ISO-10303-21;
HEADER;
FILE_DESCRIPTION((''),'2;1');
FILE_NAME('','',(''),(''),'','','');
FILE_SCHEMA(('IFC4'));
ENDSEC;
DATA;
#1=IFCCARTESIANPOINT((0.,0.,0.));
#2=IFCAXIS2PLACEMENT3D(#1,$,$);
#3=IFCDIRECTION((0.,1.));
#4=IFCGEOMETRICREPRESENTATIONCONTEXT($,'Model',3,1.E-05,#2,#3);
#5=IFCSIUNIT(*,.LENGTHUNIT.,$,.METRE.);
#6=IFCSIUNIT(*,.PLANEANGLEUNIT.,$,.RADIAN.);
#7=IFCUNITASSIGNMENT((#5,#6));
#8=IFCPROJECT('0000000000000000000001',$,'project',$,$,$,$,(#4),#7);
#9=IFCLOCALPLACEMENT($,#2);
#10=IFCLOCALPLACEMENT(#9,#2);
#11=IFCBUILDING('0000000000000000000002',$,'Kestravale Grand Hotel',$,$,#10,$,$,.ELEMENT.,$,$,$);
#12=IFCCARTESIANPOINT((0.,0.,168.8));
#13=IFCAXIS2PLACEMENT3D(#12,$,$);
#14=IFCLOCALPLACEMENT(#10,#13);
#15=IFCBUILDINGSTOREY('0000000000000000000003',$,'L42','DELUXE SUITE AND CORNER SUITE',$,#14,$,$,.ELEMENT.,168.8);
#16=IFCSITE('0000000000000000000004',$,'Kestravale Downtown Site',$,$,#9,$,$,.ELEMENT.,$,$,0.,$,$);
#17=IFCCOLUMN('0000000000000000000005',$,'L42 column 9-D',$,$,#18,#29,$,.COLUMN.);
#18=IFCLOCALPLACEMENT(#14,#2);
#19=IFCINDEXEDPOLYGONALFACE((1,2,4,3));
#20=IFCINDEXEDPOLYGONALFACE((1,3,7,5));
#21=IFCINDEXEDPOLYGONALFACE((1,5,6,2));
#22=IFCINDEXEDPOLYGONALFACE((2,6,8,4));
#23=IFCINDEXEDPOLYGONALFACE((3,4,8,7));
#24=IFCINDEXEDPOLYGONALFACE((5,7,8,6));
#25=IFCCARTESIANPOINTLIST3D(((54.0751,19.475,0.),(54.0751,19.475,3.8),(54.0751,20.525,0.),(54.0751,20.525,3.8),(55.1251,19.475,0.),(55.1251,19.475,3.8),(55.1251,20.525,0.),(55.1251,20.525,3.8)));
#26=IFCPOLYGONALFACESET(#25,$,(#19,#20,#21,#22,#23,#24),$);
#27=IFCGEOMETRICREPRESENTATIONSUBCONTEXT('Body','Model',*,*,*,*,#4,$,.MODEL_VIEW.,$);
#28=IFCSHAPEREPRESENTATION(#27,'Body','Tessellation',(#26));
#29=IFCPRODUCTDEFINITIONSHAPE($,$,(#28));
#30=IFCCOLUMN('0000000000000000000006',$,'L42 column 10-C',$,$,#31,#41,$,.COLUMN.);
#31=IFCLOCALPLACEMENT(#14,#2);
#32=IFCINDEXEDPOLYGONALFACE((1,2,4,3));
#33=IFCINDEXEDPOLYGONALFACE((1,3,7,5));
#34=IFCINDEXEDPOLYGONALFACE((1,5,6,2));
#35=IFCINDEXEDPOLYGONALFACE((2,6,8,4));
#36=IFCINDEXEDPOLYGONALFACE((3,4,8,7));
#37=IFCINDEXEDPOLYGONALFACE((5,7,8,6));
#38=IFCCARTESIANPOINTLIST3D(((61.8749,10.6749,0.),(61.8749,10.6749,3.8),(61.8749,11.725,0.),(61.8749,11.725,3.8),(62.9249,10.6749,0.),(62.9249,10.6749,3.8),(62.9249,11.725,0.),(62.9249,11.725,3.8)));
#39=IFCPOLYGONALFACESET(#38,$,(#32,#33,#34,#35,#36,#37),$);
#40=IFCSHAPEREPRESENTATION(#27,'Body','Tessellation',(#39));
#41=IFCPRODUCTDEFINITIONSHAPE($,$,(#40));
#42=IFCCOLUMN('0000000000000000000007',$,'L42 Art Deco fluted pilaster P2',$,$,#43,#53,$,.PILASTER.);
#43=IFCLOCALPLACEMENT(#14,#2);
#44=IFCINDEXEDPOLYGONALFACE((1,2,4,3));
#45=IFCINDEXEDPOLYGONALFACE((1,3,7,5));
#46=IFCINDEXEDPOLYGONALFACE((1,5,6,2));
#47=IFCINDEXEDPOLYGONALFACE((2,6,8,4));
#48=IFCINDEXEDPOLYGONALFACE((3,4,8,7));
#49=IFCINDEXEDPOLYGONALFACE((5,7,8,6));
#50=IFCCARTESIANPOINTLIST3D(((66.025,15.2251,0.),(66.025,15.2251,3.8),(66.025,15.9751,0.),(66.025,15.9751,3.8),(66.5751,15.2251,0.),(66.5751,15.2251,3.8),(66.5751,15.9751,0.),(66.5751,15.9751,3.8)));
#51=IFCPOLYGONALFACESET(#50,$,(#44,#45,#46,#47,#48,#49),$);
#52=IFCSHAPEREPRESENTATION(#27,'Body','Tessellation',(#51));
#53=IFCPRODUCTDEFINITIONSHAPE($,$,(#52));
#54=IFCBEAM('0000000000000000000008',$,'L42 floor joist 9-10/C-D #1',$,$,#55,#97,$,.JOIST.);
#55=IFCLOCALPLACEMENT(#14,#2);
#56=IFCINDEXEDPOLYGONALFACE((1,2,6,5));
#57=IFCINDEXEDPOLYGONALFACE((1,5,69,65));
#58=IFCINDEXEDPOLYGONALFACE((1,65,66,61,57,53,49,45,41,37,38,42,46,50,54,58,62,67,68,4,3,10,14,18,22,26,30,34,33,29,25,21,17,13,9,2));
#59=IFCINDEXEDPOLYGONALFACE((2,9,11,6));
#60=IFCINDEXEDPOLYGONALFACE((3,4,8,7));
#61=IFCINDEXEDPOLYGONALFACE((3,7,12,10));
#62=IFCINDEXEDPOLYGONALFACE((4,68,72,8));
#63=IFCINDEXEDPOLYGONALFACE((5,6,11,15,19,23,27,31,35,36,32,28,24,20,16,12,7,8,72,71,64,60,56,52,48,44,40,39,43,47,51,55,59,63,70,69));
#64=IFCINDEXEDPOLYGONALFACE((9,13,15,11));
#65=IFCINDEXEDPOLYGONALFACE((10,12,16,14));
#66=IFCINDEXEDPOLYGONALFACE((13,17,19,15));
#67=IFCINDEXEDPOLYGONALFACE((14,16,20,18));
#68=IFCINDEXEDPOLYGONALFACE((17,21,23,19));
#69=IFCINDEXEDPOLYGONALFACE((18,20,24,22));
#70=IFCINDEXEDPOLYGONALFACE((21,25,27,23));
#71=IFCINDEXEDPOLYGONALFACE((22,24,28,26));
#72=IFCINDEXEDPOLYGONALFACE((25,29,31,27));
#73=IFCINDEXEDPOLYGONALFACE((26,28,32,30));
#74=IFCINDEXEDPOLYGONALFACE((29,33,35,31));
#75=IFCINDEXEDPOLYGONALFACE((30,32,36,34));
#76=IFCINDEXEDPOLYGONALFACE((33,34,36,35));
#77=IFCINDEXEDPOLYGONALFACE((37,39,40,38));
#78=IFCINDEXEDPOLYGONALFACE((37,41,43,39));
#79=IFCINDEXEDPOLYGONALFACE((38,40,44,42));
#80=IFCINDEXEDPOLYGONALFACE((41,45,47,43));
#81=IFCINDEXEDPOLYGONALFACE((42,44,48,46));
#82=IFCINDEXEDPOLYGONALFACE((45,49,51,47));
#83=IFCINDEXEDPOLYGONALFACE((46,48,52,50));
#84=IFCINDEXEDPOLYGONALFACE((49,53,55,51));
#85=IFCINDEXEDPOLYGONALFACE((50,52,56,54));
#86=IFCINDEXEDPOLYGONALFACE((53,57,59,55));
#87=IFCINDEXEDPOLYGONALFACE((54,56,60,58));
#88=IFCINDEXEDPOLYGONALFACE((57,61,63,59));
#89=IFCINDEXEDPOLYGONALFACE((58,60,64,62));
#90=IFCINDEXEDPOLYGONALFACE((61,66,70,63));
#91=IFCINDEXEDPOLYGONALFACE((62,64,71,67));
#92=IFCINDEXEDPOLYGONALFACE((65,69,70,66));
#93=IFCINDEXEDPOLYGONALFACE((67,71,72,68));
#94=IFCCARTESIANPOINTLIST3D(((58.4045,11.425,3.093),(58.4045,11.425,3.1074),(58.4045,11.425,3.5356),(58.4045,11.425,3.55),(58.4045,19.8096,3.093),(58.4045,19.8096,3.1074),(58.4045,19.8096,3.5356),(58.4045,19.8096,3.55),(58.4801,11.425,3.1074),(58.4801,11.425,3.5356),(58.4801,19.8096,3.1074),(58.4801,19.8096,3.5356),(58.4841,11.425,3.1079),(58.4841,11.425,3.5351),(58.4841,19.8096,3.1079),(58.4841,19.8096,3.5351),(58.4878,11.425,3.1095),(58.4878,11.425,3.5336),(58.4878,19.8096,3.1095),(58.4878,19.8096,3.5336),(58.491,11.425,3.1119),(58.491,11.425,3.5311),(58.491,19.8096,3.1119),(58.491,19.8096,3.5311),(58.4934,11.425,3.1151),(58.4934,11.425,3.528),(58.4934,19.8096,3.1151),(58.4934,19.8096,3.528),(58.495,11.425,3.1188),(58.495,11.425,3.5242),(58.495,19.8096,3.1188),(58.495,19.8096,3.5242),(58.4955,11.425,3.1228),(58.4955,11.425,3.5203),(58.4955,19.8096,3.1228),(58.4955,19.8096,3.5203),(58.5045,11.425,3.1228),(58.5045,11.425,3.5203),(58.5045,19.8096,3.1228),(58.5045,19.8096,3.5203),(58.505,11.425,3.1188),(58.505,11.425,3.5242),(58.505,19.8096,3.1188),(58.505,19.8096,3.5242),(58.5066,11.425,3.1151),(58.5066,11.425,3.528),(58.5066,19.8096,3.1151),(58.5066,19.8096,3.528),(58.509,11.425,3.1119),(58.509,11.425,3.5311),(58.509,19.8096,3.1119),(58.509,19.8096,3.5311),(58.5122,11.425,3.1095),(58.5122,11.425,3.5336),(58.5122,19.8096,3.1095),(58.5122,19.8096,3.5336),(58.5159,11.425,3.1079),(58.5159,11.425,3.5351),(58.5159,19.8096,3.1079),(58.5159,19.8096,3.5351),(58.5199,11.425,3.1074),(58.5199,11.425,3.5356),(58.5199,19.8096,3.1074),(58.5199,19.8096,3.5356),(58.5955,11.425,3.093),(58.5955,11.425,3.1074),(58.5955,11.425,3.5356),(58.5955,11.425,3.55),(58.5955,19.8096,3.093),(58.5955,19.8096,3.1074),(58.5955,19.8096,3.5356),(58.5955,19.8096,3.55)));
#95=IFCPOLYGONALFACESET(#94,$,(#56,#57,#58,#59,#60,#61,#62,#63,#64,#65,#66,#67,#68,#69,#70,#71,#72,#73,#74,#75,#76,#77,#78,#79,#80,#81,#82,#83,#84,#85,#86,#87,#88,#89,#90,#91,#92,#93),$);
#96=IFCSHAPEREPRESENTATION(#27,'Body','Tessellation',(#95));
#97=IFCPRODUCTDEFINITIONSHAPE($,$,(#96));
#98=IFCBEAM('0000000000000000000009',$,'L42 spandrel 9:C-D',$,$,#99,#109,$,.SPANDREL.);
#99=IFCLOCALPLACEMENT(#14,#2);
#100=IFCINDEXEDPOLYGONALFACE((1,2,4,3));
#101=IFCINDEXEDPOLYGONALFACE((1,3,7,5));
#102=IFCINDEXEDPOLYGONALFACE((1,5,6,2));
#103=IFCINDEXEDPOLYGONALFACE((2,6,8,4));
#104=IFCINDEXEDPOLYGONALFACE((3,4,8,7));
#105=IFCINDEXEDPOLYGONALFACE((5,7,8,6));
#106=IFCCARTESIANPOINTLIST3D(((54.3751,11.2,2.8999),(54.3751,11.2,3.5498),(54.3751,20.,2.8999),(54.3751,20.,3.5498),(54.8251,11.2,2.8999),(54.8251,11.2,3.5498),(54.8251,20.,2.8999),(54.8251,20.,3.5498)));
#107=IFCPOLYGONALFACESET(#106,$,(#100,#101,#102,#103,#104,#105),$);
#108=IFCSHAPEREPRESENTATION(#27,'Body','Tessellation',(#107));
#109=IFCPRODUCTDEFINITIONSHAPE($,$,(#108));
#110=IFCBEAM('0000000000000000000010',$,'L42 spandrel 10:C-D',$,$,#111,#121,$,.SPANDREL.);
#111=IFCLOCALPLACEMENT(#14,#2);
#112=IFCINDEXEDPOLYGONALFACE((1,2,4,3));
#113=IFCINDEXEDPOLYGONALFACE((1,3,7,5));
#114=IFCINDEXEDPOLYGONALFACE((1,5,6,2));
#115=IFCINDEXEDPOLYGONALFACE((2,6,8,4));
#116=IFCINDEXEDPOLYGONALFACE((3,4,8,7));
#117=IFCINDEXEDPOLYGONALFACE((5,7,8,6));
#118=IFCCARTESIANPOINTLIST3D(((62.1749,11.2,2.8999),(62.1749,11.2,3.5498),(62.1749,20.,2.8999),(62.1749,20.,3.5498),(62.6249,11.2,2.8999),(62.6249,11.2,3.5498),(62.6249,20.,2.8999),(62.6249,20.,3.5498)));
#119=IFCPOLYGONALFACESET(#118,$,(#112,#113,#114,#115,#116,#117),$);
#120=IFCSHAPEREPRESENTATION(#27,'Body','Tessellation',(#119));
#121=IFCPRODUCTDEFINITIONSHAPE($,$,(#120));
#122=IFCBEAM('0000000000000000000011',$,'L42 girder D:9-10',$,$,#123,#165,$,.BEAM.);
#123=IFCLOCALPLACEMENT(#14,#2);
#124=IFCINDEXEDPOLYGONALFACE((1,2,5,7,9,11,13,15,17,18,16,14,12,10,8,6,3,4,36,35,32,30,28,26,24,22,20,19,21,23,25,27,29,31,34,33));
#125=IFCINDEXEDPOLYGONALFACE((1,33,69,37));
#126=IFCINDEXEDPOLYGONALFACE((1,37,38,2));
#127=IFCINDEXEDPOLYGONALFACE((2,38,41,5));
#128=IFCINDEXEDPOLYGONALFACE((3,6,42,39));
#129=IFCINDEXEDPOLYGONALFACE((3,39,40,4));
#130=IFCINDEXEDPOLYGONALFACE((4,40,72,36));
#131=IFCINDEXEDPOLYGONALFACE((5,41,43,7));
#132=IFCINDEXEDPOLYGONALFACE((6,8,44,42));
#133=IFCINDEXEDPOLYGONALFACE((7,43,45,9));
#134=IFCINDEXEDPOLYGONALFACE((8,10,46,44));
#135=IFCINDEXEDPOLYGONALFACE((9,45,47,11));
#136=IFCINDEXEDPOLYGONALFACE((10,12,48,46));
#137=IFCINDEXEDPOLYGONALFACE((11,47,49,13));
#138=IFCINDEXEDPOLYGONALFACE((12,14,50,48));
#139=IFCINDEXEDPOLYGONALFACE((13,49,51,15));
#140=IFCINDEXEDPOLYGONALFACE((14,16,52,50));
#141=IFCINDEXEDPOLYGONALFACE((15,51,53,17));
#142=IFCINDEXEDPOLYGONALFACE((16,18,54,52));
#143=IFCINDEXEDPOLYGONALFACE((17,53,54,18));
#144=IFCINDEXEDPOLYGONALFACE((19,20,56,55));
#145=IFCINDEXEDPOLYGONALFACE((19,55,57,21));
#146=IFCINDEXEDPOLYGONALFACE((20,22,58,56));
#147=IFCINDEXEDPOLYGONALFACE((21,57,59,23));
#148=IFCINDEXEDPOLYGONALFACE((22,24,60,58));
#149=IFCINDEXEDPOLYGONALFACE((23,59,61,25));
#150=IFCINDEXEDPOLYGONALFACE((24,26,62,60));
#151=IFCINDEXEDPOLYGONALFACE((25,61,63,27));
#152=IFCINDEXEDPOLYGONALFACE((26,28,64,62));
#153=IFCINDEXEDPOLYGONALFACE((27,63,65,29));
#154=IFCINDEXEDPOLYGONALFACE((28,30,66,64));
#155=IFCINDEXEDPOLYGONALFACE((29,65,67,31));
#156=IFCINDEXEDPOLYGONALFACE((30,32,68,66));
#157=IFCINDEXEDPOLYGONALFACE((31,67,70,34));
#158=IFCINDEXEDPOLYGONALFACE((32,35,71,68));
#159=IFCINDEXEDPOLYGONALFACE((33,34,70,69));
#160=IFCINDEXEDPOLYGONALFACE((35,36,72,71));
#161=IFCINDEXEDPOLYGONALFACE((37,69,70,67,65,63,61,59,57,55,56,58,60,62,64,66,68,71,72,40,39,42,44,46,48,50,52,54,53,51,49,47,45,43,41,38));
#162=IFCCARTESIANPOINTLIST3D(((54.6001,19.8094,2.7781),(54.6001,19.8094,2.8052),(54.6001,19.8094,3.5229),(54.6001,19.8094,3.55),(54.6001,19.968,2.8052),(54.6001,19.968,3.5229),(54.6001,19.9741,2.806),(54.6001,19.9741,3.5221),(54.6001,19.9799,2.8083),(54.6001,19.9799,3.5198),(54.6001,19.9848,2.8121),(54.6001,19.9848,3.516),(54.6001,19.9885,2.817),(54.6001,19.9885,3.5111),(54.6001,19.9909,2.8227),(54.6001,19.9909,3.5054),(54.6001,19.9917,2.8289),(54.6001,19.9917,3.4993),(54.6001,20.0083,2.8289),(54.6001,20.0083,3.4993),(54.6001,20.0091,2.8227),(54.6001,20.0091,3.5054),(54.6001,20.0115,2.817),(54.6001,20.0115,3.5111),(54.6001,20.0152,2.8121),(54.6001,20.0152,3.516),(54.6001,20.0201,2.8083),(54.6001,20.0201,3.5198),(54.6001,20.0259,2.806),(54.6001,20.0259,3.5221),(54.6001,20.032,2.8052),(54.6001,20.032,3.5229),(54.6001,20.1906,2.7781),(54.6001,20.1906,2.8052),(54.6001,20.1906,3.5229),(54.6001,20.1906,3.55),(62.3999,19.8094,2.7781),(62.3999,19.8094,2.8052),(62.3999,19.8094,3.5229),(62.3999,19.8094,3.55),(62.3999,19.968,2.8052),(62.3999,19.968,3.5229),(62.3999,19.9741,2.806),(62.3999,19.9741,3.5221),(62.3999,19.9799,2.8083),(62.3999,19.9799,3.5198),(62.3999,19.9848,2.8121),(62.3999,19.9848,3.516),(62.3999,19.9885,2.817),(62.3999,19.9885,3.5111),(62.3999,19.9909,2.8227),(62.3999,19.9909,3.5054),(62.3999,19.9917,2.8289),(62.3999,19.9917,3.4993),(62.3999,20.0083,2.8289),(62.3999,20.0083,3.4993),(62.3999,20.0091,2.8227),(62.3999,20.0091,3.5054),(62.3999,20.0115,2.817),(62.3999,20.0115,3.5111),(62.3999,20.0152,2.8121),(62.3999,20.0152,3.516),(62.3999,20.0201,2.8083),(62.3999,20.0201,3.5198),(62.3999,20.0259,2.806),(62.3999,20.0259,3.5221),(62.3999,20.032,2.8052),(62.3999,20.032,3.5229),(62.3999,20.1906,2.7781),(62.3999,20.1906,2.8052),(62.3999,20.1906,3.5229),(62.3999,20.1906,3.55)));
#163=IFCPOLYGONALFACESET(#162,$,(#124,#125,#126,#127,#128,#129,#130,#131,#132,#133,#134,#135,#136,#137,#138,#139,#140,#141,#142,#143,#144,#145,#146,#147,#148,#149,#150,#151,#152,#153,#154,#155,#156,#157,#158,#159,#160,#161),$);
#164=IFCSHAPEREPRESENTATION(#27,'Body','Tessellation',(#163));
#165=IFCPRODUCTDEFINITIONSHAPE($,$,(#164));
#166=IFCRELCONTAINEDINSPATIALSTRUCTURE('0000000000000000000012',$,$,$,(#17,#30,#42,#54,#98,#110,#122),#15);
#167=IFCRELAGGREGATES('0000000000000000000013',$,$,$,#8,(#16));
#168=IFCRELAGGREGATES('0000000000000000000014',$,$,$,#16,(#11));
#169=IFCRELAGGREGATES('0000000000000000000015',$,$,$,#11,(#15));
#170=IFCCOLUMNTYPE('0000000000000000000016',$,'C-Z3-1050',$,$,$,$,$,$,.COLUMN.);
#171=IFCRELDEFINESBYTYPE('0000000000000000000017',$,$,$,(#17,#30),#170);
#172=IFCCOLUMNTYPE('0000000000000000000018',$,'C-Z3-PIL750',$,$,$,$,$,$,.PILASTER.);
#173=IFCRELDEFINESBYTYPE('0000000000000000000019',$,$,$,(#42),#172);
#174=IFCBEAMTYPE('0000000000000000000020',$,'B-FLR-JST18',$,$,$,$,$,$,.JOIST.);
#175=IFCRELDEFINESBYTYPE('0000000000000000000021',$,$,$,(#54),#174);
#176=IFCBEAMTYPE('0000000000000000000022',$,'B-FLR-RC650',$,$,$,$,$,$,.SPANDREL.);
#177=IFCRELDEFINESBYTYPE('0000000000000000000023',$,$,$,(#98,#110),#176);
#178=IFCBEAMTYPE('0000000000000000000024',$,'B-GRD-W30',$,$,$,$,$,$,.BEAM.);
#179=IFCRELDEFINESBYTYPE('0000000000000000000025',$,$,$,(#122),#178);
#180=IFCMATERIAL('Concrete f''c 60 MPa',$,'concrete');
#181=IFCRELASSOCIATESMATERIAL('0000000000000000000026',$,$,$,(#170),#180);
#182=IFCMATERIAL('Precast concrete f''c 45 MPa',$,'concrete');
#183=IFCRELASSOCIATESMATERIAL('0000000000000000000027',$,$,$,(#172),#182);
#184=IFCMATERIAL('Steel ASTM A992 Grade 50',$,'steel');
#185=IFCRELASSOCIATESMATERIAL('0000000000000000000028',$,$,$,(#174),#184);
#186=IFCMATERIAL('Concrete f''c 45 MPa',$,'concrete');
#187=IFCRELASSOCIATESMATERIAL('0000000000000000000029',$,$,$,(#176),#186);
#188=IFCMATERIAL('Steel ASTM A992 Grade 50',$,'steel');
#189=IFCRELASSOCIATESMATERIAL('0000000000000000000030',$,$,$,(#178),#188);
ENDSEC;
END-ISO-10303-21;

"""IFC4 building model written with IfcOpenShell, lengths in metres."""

from ifc_helpers import new_model, si_unit, direction, frame, origin, origin_2d, place, context, subcontext, project, spatial, rectangle, i_section, extrude, material, material_profile, profile_set, type_object, element, save


model = new_model("IFC4")

# Units and contexts
model_context = context("Model", 3, precision=1e-05, world=origin(), true_north=direction((0.0, 1.0)))
body_context = subcontext(model_context, "Body", "Model", "MODEL_VIEW")
ifc_project = project(units=[si_unit("LENGTHUNIT", "METRE"), si_unit("PLANEANGLEUNIT", "RADIAN")], contexts=[model_context])

# Site, building, storey
site_placement = place(None, origin())
site = spatial("IfcSite", under=ifc_project, at=site_placement, Name="Kestravale Downtown Site", CompositionType="ELEMENT", RefElevation=0.0)
building_placement = place(site_placement, origin())
building = spatial("IfcBuilding", under=site, at=building_placement, Name="Kestravale Grand Hotel", CompositionType="ELEMENT")
storey_placement = place(building_placement, frame((0.0, 0.0, 168.8)))
storey = spatial("IfcBuildingStorey", under=building, at=storey_placement, Name="L42", Description="DELUXE SUITE AND CORNER SUITE", CompositionType="ELEMENT", Elevation=168.8)

# Columns
ifc_material_1 = material(Name="Concrete f'c 60 MPa", Category="concrete")
ifc_material_profile_1 = material_profile(ifc_material_1, rectangle(XDim=1.05, YDim=1.05, at=origin_2d()))
ifc_profile_set_1 = profile_set([ifc_material_profile_1], Name="Concrete f'c 60 MPa")
column_type_1 = type_object("IfcColumnType", Name="C-Z3-1050", PredefinedType="COLUMN", material=ifc_profile_set_1)
for number, where, z_axis, x_axis, name in (
    (1, (54.6001, 20.0, 0.0), (0.0, 0.0, 1.0), (1.0, 0.0, 0.0), "L42 column 9-D"),
    (2, (62.3999, 11.2, 0.0), (0.0, 0.0, 1.0), (1.0, 0.0, 0.0), "L42 column 10-C"),
):
    element("IfcColumn", number, at=place(storey_placement, frame(where, z_axis=z_axis, x_axis=x_axis)), inside=storey, type_object=column_type_1, Name=name, PredefinedType="COLUMN", context=body_context, shape_type="SweptSolid", body=[
        extrude(rectangle(XDim=1.05, YDim=1.05, at=origin_2d()), origin(), (0.0, 0.0, 1.0), 3.8),
    ])
ifc_material_2 = material(Name="Precast concrete f'c 45 MPa", Category="concrete")
ifc_material_profile_2 = material_profile(ifc_material_2, rectangle(XDim=0.55, YDim=0.75, at=origin_2d()))
ifc_profile_set_2 = profile_set([ifc_material_profile_2], Name="Precast concrete f'c 45 MPa")
column_type_2 = type_object("IfcColumnType", Name="C-Z3-PIL750", PredefinedType="PILASTER", material=ifc_profile_set_2)
column_placement = place(storey_placement, frame((66.3, 15.6001, 0.0), z_axis=(0.0, 0.0, 1.0), x_axis=(1.0, 0.0, 0.0)))
element("IfcColumn", 3, at=column_placement, inside=storey, type_object=column_type_2, Name="L42 Art Deco fluted pilaster P2", PredefinedType="PILASTER", context=body_context, shape_type="SweptSolid", body=[
    extrude(rectangle(XDim=0.55, YDim=0.75, at=origin_2d()), origin(), (0.0, 0.0, 1.0), 3.8),
])

# Beams
ifc_material_3 = material(Name="Steel ASTM A992 Grade 50", Category="steel")
ifc_material_profile_3 = material_profile(ifc_material_3, i_section(OverallWidth=0.1909, OverallDepth=0.457, WebThickness=0.009, FlangeThickness=0.0144, FilletRadius=0.0154, at=origin_2d()))
ifc_profile_set_3 = profile_set([ifc_material_profile_3], Name="Steel ASTM A992 Grade 50")
beam_type_1 = type_object("IfcBeamType", Name="B-FLR-JST18", PredefinedType="JOIST", material=ifc_profile_set_3)
beam_1_placement = place(storey_placement, frame((58.5, 11.425, 3.3215), z_axis=(0.0, 1.0, 0.0), x_axis=(-1.0, 0.0, 0.0)))
element("IfcBeam", 4, at=beam_1_placement, inside=storey, type_object=beam_type_1, Name="L42 floor joist 9-10/C-D #1", PredefinedType="JOIST", context=body_context, shape_type="SweptSolid", body=[
    extrude(i_section(OverallWidth=0.1909, OverallDepth=0.457, WebThickness=0.009, FlangeThickness=0.0144, FilletRadius=0.0154, at=origin_2d()), origin(), (0.0, 0.0, 1.0), 8.3845),
])
ifc_material_4 = material(Name="Concrete f'c 45 MPa", Category="concrete")
ifc_material_profile_4 = material_profile(ifc_material_4, rectangle(XDim=0.45, YDim=0.6499, at=origin_2d()))
ifc_profile_set_4 = profile_set([ifc_material_profile_4], Name="Concrete f'c 45 MPa")
beam_type_2 = type_object("IfcBeamType", Name="B-FLR-RC650", PredefinedType="SPANDREL", material=ifc_profile_set_4)
for number, where, z_axis, x_axis, name in (
    (5, (54.6001, 11.2, 3.2249), (0.0, 1.0, 0.0), (-1.0, 0.0, 0.0), "L42 spandrel 9:C-D"),
    (6, (62.3999, 11.2, 3.2249), (0.0, 1.0, 0.0), (-1.0, 0.0, 0.0), "L42 spandrel 10:C-D"),
):
    element("IfcBeam", number, at=place(storey_placement, frame(where, z_axis=z_axis, x_axis=x_axis)), inside=storey, type_object=beam_type_2, Name=name, PredefinedType="SPANDREL", context=body_context, shape_type="SweptSolid", body=[
        extrude(rectangle(XDim=0.45, YDim=0.6499, at=origin_2d()), origin(), (0.0, 0.0, 1.0), 8.8),
    ])
ifc_material_5 = material(Name="Steel ASTM A992 Grade 50", Category="steel")
ifc_material_profile_5 = material_profile(ifc_material_5, i_section(OverallWidth=0.3811, OverallDepth=0.772, WebThickness=0.0166, FlangeThickness=0.0271, FilletRadius=0.0237, at=origin_2d()))
ifc_profile_set_5 = profile_set([ifc_material_profile_5], Name="Steel ASTM A992 Grade 50")
beam_type_3 = type_object("IfcBeamType", Name="B-GRD-W30", PredefinedType="BEAM", material=ifc_profile_set_5)
beam_2_placement = place(storey_placement, frame((54.6001, 20.0, 3.1641), z_axis=(1.0, 0.0, 0.0), x_axis=(0.0, 1.0, 0.0)))
element("IfcBeam", 7, at=beam_2_placement, inside=storey, type_object=beam_type_3, Name="L42 girder D:9-10", PredefinedType="BEAM", context=body_context, shape_type="SweptSolid", body=[
    extrude(i_section(OverallWidth=0.3811, OverallDepth=0.772, WebThickness=0.0166, FlangeThickness=0.0271, FilletRadius=0.0237, at=origin_2d()), origin(), (0.0, 0.0, 1.0), 7.7998),
])

save(model, "model.ifc")
